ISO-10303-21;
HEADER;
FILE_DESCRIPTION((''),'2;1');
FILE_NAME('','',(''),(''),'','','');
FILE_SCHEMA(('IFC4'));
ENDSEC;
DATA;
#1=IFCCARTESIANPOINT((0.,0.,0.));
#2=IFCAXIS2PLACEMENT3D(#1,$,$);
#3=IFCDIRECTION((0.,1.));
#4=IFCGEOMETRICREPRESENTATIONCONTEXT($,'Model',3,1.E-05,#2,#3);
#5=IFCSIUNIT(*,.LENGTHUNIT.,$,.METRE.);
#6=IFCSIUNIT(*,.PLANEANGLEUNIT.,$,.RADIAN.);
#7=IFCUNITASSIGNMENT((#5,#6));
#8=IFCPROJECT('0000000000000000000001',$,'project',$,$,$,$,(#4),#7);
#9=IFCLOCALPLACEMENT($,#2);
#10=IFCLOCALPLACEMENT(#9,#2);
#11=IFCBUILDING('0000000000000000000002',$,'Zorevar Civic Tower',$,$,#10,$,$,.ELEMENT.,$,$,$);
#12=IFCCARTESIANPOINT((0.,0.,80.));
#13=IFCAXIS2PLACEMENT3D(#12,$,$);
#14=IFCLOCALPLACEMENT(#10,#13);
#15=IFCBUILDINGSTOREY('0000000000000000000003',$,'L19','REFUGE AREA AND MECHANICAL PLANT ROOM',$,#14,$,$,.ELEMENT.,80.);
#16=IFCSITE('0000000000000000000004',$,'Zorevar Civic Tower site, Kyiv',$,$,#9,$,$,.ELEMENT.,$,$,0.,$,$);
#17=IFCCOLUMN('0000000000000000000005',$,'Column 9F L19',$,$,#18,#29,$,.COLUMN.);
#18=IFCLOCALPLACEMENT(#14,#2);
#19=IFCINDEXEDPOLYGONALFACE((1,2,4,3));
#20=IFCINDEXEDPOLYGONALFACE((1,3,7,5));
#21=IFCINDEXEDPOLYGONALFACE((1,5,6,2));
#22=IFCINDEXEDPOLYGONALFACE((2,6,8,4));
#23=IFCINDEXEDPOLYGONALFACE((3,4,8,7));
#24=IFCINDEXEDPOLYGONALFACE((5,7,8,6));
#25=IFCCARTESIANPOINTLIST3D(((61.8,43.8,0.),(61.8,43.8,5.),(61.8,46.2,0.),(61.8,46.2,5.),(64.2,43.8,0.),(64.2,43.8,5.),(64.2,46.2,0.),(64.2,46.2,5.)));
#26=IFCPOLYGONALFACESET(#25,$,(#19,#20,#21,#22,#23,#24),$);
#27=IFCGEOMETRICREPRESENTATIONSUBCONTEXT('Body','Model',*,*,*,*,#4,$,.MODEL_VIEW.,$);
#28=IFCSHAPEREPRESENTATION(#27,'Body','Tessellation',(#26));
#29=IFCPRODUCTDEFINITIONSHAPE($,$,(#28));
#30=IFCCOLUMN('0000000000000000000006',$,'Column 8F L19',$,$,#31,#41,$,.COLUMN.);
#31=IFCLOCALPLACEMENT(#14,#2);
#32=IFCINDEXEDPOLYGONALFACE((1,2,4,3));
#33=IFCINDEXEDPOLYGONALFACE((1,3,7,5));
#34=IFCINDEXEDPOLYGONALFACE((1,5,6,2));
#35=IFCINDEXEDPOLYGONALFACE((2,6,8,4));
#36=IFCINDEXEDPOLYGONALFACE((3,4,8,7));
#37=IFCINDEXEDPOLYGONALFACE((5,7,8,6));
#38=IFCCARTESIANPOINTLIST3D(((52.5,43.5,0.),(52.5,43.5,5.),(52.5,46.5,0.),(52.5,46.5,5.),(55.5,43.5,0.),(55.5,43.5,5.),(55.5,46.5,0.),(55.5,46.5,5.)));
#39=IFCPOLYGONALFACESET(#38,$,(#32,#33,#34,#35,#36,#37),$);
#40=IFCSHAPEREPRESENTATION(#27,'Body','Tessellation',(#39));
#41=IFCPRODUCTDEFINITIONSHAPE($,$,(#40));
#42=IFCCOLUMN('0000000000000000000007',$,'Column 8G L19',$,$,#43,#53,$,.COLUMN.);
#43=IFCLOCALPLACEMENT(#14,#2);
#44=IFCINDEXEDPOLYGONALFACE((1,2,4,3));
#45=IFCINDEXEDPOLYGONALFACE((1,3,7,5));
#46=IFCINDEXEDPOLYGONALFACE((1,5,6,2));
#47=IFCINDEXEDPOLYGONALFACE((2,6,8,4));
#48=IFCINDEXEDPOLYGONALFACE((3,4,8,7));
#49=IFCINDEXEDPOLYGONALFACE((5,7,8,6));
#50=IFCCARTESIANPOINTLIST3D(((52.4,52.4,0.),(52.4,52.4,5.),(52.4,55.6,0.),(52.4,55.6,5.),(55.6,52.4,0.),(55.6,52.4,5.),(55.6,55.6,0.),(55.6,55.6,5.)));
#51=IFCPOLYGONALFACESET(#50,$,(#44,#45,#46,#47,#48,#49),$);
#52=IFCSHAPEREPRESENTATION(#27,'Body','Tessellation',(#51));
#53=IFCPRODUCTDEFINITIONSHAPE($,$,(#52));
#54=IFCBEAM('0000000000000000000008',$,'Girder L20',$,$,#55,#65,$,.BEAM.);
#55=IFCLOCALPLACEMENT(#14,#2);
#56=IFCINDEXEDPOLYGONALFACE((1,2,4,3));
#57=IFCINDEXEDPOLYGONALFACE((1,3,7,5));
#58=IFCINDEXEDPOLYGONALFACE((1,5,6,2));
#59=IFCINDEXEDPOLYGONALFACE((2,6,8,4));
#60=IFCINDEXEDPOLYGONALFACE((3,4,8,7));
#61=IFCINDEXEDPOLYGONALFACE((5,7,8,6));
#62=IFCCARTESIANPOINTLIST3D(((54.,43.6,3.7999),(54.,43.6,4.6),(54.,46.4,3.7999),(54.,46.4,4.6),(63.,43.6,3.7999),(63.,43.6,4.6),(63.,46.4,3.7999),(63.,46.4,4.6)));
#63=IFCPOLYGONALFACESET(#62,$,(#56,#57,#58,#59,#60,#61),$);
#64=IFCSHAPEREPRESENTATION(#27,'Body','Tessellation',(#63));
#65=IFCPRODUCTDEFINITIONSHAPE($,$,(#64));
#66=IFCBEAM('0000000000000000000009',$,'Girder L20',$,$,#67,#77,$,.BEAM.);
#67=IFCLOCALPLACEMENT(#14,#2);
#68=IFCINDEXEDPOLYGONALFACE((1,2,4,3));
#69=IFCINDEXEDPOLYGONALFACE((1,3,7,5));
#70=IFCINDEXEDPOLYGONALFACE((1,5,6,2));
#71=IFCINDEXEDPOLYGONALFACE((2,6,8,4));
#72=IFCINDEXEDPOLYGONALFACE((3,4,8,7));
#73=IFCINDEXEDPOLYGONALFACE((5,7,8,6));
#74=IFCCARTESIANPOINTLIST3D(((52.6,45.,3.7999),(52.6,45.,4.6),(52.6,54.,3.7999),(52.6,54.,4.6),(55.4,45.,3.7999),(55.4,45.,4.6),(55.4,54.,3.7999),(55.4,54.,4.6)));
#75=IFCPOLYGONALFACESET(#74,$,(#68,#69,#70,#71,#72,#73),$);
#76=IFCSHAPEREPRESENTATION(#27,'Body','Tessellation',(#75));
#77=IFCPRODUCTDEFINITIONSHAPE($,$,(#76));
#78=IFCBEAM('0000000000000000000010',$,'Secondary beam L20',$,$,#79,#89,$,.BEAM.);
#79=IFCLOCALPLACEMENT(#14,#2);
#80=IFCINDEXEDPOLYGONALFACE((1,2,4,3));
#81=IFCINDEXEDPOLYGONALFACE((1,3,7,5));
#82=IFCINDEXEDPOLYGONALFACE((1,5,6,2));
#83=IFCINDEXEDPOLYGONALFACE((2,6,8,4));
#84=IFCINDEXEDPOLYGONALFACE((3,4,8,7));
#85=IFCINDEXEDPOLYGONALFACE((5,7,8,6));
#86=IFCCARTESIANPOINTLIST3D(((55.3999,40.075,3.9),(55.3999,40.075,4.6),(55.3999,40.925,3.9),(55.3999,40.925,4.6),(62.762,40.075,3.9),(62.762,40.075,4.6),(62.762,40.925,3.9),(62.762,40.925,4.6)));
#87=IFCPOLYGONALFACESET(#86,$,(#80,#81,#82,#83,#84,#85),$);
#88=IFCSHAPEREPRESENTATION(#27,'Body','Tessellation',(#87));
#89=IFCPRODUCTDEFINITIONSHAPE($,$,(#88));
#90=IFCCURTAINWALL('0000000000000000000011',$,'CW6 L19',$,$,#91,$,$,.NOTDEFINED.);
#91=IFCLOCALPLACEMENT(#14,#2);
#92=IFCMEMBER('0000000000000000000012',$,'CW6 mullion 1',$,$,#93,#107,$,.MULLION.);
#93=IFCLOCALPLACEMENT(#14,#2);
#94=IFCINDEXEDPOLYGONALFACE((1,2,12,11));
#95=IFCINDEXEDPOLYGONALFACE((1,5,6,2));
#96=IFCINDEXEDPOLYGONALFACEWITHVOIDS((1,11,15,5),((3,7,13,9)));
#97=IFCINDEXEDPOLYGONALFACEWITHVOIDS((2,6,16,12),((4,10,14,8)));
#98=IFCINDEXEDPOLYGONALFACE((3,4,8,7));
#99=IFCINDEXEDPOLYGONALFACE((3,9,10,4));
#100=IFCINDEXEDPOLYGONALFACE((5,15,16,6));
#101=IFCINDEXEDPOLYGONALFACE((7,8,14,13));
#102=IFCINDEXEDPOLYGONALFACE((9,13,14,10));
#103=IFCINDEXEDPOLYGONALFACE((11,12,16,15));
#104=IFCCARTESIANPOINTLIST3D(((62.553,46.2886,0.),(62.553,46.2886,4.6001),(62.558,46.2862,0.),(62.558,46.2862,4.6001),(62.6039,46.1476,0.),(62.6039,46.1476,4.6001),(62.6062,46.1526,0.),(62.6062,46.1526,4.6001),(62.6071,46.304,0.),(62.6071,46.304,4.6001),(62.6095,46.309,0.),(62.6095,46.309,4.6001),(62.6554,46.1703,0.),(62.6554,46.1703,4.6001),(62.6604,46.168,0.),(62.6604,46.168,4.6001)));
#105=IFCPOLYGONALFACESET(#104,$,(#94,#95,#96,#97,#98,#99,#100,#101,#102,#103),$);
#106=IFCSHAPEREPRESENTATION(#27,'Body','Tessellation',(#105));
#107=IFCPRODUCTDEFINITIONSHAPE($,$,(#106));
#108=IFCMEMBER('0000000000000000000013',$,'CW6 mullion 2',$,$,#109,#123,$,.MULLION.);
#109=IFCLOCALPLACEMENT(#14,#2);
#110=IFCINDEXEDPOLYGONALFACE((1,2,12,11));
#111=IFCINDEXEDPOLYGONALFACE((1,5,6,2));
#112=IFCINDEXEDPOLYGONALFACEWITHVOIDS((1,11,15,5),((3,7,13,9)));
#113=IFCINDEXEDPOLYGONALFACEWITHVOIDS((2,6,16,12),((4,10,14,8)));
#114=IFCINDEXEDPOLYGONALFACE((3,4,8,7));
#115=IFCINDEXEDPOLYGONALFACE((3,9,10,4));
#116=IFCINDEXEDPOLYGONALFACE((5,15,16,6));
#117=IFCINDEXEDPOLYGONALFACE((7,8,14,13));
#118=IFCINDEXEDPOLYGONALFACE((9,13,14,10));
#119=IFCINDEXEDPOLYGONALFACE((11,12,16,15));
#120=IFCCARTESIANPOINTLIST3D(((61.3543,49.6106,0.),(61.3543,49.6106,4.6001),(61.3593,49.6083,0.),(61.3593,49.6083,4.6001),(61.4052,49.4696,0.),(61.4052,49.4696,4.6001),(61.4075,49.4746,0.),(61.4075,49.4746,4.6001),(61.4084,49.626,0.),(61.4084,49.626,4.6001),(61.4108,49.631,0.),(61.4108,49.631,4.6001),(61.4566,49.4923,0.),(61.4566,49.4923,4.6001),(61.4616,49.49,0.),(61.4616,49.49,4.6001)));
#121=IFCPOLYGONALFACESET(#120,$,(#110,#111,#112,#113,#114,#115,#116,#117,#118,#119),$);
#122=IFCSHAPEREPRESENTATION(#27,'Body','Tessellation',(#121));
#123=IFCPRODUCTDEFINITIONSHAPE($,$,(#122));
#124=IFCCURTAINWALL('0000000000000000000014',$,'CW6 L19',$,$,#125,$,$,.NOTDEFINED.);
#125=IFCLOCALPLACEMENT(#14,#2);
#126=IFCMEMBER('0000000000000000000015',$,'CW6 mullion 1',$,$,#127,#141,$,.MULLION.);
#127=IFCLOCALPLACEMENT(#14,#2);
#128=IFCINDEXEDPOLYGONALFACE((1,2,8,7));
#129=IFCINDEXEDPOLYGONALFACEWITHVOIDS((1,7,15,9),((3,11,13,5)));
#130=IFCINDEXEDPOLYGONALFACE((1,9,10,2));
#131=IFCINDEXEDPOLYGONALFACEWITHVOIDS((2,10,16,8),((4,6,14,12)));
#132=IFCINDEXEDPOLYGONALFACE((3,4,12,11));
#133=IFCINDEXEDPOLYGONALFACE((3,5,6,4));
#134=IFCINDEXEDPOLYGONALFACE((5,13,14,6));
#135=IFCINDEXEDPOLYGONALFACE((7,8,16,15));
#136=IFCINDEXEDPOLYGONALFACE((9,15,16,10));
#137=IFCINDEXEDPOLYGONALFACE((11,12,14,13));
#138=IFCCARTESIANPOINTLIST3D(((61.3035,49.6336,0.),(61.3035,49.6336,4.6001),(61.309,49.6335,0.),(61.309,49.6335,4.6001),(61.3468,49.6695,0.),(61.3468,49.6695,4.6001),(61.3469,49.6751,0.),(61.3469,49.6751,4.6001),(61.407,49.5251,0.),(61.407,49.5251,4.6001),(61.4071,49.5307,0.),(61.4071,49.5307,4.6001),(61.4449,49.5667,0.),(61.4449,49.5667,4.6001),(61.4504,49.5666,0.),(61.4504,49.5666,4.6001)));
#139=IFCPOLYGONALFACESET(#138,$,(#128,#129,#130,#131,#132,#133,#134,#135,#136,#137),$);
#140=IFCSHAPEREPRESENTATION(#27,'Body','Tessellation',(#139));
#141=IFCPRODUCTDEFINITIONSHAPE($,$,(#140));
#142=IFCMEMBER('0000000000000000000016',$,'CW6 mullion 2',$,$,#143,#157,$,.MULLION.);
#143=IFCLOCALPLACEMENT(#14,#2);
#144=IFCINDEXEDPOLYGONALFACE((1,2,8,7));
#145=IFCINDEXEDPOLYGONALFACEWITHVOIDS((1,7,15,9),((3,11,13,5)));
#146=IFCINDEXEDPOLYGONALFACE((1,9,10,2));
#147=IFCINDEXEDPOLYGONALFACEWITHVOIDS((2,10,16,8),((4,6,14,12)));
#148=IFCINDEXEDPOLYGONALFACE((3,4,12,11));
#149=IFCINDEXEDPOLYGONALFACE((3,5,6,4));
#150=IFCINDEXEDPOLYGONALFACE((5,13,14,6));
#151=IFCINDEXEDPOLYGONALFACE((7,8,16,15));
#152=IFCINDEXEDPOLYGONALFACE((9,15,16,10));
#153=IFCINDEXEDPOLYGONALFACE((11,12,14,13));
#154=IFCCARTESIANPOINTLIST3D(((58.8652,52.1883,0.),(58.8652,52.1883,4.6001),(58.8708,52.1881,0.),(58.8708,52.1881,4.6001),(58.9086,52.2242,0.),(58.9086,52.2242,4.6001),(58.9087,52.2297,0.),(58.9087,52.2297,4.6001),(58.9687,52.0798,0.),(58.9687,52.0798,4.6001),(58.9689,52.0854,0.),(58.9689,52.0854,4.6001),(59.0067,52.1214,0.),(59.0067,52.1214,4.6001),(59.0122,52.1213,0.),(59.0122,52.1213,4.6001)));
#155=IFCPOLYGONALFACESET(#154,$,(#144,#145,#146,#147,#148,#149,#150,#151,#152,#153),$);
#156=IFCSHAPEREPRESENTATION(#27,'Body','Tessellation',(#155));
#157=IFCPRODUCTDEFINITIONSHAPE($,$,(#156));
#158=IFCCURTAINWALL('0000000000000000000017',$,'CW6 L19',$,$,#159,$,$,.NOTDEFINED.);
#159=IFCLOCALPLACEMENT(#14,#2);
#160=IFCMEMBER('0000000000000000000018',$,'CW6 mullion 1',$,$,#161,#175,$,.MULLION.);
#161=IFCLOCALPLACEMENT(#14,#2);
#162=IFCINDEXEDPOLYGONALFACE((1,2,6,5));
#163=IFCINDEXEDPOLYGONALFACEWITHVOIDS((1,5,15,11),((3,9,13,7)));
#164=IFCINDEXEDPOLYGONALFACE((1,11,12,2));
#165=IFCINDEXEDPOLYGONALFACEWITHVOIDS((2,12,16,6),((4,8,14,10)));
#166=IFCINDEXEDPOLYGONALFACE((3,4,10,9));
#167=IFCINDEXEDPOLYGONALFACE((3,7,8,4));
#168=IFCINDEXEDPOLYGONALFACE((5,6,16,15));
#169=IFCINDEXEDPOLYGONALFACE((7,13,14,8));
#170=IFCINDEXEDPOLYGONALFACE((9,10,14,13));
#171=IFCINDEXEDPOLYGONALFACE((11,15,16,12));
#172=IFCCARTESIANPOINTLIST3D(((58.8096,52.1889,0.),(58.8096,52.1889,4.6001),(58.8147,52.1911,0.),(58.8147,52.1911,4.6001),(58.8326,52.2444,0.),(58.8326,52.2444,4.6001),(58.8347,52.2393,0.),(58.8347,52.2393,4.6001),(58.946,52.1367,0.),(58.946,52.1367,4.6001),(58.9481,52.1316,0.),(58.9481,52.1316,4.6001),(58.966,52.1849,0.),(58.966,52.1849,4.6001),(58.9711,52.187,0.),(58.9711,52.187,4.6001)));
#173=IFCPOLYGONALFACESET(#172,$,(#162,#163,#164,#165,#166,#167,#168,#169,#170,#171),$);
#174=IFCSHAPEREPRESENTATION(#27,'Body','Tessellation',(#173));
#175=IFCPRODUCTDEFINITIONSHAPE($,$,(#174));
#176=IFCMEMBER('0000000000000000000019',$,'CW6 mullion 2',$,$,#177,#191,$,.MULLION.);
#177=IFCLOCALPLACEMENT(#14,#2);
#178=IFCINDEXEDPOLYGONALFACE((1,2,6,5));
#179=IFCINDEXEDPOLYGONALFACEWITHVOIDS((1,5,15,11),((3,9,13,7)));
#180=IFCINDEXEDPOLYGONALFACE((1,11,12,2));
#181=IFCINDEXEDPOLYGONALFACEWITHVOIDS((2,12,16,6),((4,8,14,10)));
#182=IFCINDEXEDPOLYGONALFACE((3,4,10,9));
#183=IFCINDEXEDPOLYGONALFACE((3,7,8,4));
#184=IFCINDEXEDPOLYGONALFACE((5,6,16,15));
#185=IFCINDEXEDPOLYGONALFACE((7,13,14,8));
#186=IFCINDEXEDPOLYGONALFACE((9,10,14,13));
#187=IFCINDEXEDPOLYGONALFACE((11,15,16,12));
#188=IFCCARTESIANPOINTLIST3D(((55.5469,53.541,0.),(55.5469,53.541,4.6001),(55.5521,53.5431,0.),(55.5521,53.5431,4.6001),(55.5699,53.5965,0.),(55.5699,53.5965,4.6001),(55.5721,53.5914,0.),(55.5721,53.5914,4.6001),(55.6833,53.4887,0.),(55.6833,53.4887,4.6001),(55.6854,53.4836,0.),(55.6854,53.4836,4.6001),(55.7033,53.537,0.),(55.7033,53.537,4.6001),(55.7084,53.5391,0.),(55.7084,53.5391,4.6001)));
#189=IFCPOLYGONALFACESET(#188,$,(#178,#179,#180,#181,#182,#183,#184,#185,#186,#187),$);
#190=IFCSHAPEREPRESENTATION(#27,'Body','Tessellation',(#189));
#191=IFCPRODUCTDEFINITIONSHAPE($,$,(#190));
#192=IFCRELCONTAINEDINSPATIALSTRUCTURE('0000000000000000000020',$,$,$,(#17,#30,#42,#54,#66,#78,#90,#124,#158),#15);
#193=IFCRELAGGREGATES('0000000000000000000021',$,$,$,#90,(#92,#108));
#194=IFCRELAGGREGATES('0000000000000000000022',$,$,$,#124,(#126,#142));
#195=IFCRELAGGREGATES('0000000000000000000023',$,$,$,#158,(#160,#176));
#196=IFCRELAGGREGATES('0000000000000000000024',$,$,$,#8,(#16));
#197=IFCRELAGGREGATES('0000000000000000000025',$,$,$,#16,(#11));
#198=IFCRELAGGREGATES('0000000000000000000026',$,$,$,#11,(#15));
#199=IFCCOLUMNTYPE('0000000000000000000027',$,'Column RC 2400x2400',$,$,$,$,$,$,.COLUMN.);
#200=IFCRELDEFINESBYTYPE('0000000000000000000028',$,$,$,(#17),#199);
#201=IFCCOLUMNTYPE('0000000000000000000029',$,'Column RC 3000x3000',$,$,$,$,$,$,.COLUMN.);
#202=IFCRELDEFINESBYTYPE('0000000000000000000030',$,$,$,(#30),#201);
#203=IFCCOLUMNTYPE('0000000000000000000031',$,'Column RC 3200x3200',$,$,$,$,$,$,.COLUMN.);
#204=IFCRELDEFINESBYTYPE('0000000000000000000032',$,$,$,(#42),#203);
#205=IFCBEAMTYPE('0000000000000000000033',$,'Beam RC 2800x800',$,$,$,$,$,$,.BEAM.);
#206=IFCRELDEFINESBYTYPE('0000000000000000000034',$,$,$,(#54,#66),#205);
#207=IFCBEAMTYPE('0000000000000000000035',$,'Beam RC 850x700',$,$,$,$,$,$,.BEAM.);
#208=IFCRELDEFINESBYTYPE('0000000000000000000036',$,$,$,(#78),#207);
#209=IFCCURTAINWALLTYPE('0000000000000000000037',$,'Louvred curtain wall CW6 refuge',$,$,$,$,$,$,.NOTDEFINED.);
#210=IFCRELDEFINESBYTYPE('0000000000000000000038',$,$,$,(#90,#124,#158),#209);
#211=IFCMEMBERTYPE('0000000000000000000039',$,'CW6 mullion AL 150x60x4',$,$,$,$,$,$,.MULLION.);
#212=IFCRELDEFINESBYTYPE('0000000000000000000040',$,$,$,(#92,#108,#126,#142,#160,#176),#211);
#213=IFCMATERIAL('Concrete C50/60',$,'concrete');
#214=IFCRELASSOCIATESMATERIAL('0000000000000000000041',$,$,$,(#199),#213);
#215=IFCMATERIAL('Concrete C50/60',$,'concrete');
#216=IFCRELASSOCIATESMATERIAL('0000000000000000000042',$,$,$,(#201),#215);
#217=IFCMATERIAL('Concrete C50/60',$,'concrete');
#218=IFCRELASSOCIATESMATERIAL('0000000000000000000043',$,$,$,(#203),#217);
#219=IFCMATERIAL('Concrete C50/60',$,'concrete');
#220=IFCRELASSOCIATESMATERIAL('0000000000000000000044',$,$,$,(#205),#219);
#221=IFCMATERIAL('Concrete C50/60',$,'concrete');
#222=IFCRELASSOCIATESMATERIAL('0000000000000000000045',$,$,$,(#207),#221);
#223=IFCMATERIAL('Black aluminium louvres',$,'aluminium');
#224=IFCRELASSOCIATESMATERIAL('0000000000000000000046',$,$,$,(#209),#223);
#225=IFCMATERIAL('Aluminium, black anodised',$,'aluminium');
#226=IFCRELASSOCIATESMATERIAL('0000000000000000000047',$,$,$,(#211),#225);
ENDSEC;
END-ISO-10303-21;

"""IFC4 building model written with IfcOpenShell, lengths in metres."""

from ifc_helpers import new_model, si_unit, direction, frame, origin, origin_2d, place, context, subcontext, project, spatial, rectangle, hollow_rectangle, extrude, material, material_profile, profile_set, type_object, element, aggregate, save


model = new_model("IFC4")

# Units and contexts
model_context = context("Model", 3, precision=1e-05, world=origin(), true_north=direction((0.0, 1.0)))
body_context = subcontext(model_context, "Body", "Model", "MODEL_VIEW")
ifc_project = project(units=[si_unit("LENGTHUNIT", "METRE"), si_unit("PLANEANGLEUNIT", "RADIAN")], contexts=[model_context])

# Site, building, storey
site_placement = place(None, origin())
site = spatial("IfcSite", under=ifc_project, at=site_placement, Name="Zorevar Civic Tower site, Kyiv", CompositionType="ELEMENT", RefElevation=0.0)
building_placement = place(site_placement, origin())
building = spatial("IfcBuilding", under=site, at=building_placement, Name="Zorevar Civic Tower", CompositionType="ELEMENT")
storey_placement = place(building_placement, frame((0.0, 0.0, 80.0)))
storey = spatial("IfcBuildingStorey", under=building, at=storey_placement, Name="L19", Description="REFUGE AREA AND MECHANICAL PLANT ROOM", CompositionType="ELEMENT", Elevation=80.0)

# Columns
ifc_material_1 = material(Name="Concrete C50/60", Category="concrete")
ifc_material_profile_1 = material_profile(ifc_material_1, rectangle(XDim=2.3999, YDim=2.3999, at=origin_2d()), Name="RC 2400x2400")
ifc_profile_set_1 = profile_set([ifc_material_profile_1], Name="Concrete C50/60")
column_type_1 = type_object("IfcColumnType", Name="Column RC 2400x2400", PredefinedType="COLUMN", material=ifc_profile_set_1)
column_1_placement = place(storey_placement, frame((63.0, 45.0, 0.0), z_axis=(0.0, 0.0, 1.0), x_axis=(1.0, 0.0, 0.0)))
element("IfcColumn", 1, at=column_1_placement, inside=storey, type_object=column_type_1, Name="Column 9F L19", PredefinedType="COLUMN", context=body_context, shape_type="SweptSolid", body=[
    extrude(rectangle(XDim=2.3999, YDim=2.3999, at=origin_2d()), origin(), (0.0, 0.0, 1.0), 5.0),
])
ifc_material_2 = material(Name="Concrete C50/60", Category="concrete")
ifc_material_profile_2 = material_profile(ifc_material_2, rectangle(XDim=3.0, YDim=3.0, at=origin_2d()), Name="RC 3000x3000")
ifc_profile_set_2 = profile_set([ifc_material_profile_2], Name="Concrete C50/60")
column_type_2 = type_object("IfcColumnType", Name="Column RC 3000x3000", PredefinedType="COLUMN", material=ifc_profile_set_2)
column_2_placement = place(storey_placement, frame((54.0, 45.0, 0.0), z_axis=(0.0, 0.0, 1.0), x_axis=(1.0, 0.0, 0.0)))
element("IfcColumn", 2, at=column_2_placement, inside=storey, type_object=column_type_2, Name="Column 8F L19", PredefinedType="COLUMN", context=body_context, shape_type="SweptSolid", body=[
    extrude(rectangle(XDim=3.0, YDim=3.0, at=origin_2d()), origin(), (0.0, 0.0, 1.0), 5.0),
])
ifc_material_3 = material(Name="Concrete C50/60", Category="concrete")
ifc_material_profile_3 = material_profile(ifc_material_3, rectangle(XDim=3.2, YDim=3.2, at=origin_2d()), Name="RC 3200x3200")
ifc_profile_set_3 = profile_set([ifc_material_profile_3], Name="Concrete C50/60")
column_type_3 = type_object("IfcColumnType", Name="Column RC 3200x3200", PredefinedType="COLUMN", material=ifc_profile_set_3)
column_3_placement = place(storey_placement, frame((54.0, 54.0, 0.0), z_axis=(0.0, 0.0, 1.0), x_axis=(1.0, 0.0, 0.0)))
element("IfcColumn", 3, at=column_3_placement, inside=storey, type_object=column_type_3, Name="Column 8G L19", PredefinedType="COLUMN", context=body_context, shape_type="SweptSolid", body=[
    extrude(rectangle(XDim=3.2, YDim=3.2, at=origin_2d()), origin(), (0.0, 0.0, 1.0), 5.0),
])

# Beams
ifc_material_4 = material(Name="Concrete C50/60", Category="concrete")
ifc_material_profile_4 = material_profile(ifc_material_4, rectangle(XDim=2.8, YDim=0.8, at=origin_2d()), Name="RC 2800x800")
ifc_profile_set_4 = profile_set([ifc_material_profile_4], Name="Concrete C50/60")
beam_type_1 = type_object("IfcBeamType", Name="Beam RC 2800x800", PredefinedType="BEAM", material=ifc_profile_set_4)
for number, where, z_axis, x_axis, name in (
    (4, (54.0, 45.0, 4.2), (1.0, 0.0, 0.0), (0.0, 1.0, 0.0), "Girder L20"),
    (5, (54.0, 45.0, 4.2), (0.0, 1.0, 0.0), (-1.0, 0.0, 0.0), "Girder L20"),
):
    element("IfcBeam", number, at=place(storey_placement, frame(where, z_axis=z_axis, x_axis=x_axis)), inside=storey, type_object=beam_type_1, Name=name, PredefinedType="BEAM", context=body_context, shape_type="SweptSolid", body=[
        extrude(rectangle(XDim=2.8, YDim=0.8, at=origin_2d()), origin(), (0.0, 0.0, 1.0), 9.0),
    ])
ifc_material_5 = material(Name="Concrete C50/60", Category="concrete")
ifc_material_profile_5 = material_profile(ifc_material_5, rectangle(XDim=0.8501, YDim=0.7, at=origin_2d()), Name="RC 850x700")
ifc_profile_set_5 = profile_set([ifc_material_profile_5], Name="Concrete C50/60")
beam_type_2 = type_object("IfcBeamType", Name="Beam RC 850x700", PredefinedType="BEAM", material=ifc_profile_set_5)
beam_1_placement = place(storey_placement, frame((55.3999, 40.5, 4.25), z_axis=(1.0, 0.0, 0.0), x_axis=(0.0, 1.0, 0.0)))
element("IfcBeam", 6, at=beam_1_placement, inside=storey, type_object=beam_type_2, Name="Secondary beam L20", PredefinedType="BEAM", context=body_context, shape_type="SweptSolid", body=[
    extrude(rectangle(XDim=0.8501, YDim=0.7, at=origin_2d()), origin(), (0.0, 0.0, 1.0), 7.3621),
])

# Curtain walls, members
ifc_material_6 = material(Name="Black aluminium louvres", Category="aluminium")
curtain_wall_type = type_object("IfcCurtainWallType", Name="Louvred curtain wall CW6 refuge", PredefinedType="NOTDEFINED", material=ifc_material_6)
curtain_wall_1_placement = place(storey_placement, origin())
curtain_wall_1 = element("IfcCurtainWall", 7, at=curtain_wall_1_placement, inside=storey, type_object=curtain_wall_type, Name="CW6 L19", PredefinedType="NOTDEFINED")
ifc_material_7 = material(Name="Aluminium, black anodised", Category="aluminium")
ifc_material_profile_6 = material_profile(ifc_material_7, hollow_rectangle(XDim=0.0601, YDim=0.1499, WallThickness=0.0039, at=origin_2d()), Name="AL 150x60x4")
ifc_profile_set_6 = profile_set([ifc_material_profile_6], Name="Aluminium, black anodised")
member_type_1 = type_object("IfcMemberType", Name="CW6 mullion AL 150x60x4", PredefinedType="MULLION", material=ifc_profile_set_6)
member_1_placement = place(storey_placement, frame((62.6067, 46.2283, 0.0), z_axis=(0.0, 0.0, 1.0), x_axis=(-0.940637, -0.339415, 0.0)))
member_1 = element("IfcMember", 8, at=member_1_placement, type_object=member_type_1, Name="CW6 mullion 1", PredefinedType="MULLION", context=body_context, shape_type="SweptSolid", body=[
    extrude(hollow_rectangle(XDim=0.0601, YDim=0.1499, WallThickness=0.0039, at=origin_2d()), origin(), (0.0, 0.0, 1.0), 4.6001),
])
member_2_placement = place(storey_placement, frame((61.408, 49.5503, 0.0), z_axis=(0.0, 0.0, 1.0), x_axis=(-0.940637, -0.339415, 0.0)))
member_2 = element("IfcMember", 9, at=member_2_placement, type_object=member_type_1, Name="CW6 mullion 2", PredefinedType="MULLION", context=body_context, shape_type="SweptSolid", body=[
    extrude(hollow_rectangle(XDim=0.0601, YDim=0.1499, WallThickness=0.0039, at=origin_2d()), origin(), (0.0, 0.0, 1.0), 4.6001),
])
curtain_wall_2_placement = place(storey_placement, origin())
curtain_wall_2 = element("IfcCurtainWall", 10, at=curtain_wall_2_placement, inside=storey, type_object=curtain_wall_type, Name="CW6 L19", PredefinedType="NOTDEFINED")
member_3_placement = place(storey_placement, frame((61.377, 49.6001, 0.0), z_axis=(0.0, 0.0, 1.0), x_axis=(-0.723393, -0.690437, 0.0)))
member_3 = element("IfcMember", 11, at=member_3_placement, type_object=member_type_1, Name="CW6 mullion 1", PredefinedType="MULLION", context=body_context, shape_type="SweptSolid", body=[
    extrude(hollow_rectangle(XDim=0.0601, YDim=0.1499, WallThickness=0.0039, at=origin_2d()), origin(), (0.0, 0.0, 1.0), 4.6001),
])
member_4_placement = place(storey_placement, frame((58.9387, 52.1548, 0.0), z_axis=(0.0, 0.0, 1.0), x_axis=(-0.723393, -0.690437, 0.0)))
member_4 = element("IfcMember", 12, at=member_4_placement, type_object=member_type_1, Name="CW6 mullion 2", PredefinedType="MULLION", context=body_context, shape_type="SweptSolid", body=[
    extrude(hollow_rectangle(XDim=0.0601, YDim=0.1499, WallThickness=0.0039, at=origin_2d()), origin(), (0.0, 0.0, 1.0), 4.6001),
])
curtain_wall_3_placement = place(storey_placement, origin())
curtain_wall_3 = element("IfcCurtainWall", 13, at=curtain_wall_3_placement, inside=storey, type_object=curtain_wall_type, Name="CW6 L19", PredefinedType="NOTDEFINED")
member_5_placement = place(storey_placement, frame((58.8904, 52.188, 0.0), z_axis=(0.0, 0.0, 1.0), x_axis=(-0.382841, -0.923814, 0.0)))
member_5 = element("IfcMember", 14, at=member_5_placement, type_object=member_type_1, Name="CW6 mullion 1", PredefinedType="MULLION", context=body_context, shape_type="SweptSolid", body=[
    extrude(hollow_rectangle(XDim=0.0601, YDim=0.1499, WallThickness=0.0039, at=origin_2d()), origin(), (0.0, 0.0, 1.0), 4.6001),
])
member_6_placement = place(storey_placement, frame((55.6277, 53.54, 0.0), z_axis=(0.0, 0.0, 1.0), x_axis=(-0.382841, -0.923814, 0.0)))
member_6 = element("IfcMember", 15, at=member_6_placement, type_object=member_type_1, Name="CW6 mullion 2", PredefinedType="MULLION", context=body_context, shape_type="SweptSolid", body=[
    extrude(hollow_rectangle(XDim=0.0601, YDim=0.1499, WallThickness=0.0039, at=origin_2d()), origin(), (0.0, 0.0, 1.0), 4.6001),
])

aggregate(curtain_wall_1, [member_1, member_2])
aggregate(curtain_wall_2, [member_3, member_4])
aggregate(curtain_wall_3, [member_5, member_6])

save(model, "model.ifc")
